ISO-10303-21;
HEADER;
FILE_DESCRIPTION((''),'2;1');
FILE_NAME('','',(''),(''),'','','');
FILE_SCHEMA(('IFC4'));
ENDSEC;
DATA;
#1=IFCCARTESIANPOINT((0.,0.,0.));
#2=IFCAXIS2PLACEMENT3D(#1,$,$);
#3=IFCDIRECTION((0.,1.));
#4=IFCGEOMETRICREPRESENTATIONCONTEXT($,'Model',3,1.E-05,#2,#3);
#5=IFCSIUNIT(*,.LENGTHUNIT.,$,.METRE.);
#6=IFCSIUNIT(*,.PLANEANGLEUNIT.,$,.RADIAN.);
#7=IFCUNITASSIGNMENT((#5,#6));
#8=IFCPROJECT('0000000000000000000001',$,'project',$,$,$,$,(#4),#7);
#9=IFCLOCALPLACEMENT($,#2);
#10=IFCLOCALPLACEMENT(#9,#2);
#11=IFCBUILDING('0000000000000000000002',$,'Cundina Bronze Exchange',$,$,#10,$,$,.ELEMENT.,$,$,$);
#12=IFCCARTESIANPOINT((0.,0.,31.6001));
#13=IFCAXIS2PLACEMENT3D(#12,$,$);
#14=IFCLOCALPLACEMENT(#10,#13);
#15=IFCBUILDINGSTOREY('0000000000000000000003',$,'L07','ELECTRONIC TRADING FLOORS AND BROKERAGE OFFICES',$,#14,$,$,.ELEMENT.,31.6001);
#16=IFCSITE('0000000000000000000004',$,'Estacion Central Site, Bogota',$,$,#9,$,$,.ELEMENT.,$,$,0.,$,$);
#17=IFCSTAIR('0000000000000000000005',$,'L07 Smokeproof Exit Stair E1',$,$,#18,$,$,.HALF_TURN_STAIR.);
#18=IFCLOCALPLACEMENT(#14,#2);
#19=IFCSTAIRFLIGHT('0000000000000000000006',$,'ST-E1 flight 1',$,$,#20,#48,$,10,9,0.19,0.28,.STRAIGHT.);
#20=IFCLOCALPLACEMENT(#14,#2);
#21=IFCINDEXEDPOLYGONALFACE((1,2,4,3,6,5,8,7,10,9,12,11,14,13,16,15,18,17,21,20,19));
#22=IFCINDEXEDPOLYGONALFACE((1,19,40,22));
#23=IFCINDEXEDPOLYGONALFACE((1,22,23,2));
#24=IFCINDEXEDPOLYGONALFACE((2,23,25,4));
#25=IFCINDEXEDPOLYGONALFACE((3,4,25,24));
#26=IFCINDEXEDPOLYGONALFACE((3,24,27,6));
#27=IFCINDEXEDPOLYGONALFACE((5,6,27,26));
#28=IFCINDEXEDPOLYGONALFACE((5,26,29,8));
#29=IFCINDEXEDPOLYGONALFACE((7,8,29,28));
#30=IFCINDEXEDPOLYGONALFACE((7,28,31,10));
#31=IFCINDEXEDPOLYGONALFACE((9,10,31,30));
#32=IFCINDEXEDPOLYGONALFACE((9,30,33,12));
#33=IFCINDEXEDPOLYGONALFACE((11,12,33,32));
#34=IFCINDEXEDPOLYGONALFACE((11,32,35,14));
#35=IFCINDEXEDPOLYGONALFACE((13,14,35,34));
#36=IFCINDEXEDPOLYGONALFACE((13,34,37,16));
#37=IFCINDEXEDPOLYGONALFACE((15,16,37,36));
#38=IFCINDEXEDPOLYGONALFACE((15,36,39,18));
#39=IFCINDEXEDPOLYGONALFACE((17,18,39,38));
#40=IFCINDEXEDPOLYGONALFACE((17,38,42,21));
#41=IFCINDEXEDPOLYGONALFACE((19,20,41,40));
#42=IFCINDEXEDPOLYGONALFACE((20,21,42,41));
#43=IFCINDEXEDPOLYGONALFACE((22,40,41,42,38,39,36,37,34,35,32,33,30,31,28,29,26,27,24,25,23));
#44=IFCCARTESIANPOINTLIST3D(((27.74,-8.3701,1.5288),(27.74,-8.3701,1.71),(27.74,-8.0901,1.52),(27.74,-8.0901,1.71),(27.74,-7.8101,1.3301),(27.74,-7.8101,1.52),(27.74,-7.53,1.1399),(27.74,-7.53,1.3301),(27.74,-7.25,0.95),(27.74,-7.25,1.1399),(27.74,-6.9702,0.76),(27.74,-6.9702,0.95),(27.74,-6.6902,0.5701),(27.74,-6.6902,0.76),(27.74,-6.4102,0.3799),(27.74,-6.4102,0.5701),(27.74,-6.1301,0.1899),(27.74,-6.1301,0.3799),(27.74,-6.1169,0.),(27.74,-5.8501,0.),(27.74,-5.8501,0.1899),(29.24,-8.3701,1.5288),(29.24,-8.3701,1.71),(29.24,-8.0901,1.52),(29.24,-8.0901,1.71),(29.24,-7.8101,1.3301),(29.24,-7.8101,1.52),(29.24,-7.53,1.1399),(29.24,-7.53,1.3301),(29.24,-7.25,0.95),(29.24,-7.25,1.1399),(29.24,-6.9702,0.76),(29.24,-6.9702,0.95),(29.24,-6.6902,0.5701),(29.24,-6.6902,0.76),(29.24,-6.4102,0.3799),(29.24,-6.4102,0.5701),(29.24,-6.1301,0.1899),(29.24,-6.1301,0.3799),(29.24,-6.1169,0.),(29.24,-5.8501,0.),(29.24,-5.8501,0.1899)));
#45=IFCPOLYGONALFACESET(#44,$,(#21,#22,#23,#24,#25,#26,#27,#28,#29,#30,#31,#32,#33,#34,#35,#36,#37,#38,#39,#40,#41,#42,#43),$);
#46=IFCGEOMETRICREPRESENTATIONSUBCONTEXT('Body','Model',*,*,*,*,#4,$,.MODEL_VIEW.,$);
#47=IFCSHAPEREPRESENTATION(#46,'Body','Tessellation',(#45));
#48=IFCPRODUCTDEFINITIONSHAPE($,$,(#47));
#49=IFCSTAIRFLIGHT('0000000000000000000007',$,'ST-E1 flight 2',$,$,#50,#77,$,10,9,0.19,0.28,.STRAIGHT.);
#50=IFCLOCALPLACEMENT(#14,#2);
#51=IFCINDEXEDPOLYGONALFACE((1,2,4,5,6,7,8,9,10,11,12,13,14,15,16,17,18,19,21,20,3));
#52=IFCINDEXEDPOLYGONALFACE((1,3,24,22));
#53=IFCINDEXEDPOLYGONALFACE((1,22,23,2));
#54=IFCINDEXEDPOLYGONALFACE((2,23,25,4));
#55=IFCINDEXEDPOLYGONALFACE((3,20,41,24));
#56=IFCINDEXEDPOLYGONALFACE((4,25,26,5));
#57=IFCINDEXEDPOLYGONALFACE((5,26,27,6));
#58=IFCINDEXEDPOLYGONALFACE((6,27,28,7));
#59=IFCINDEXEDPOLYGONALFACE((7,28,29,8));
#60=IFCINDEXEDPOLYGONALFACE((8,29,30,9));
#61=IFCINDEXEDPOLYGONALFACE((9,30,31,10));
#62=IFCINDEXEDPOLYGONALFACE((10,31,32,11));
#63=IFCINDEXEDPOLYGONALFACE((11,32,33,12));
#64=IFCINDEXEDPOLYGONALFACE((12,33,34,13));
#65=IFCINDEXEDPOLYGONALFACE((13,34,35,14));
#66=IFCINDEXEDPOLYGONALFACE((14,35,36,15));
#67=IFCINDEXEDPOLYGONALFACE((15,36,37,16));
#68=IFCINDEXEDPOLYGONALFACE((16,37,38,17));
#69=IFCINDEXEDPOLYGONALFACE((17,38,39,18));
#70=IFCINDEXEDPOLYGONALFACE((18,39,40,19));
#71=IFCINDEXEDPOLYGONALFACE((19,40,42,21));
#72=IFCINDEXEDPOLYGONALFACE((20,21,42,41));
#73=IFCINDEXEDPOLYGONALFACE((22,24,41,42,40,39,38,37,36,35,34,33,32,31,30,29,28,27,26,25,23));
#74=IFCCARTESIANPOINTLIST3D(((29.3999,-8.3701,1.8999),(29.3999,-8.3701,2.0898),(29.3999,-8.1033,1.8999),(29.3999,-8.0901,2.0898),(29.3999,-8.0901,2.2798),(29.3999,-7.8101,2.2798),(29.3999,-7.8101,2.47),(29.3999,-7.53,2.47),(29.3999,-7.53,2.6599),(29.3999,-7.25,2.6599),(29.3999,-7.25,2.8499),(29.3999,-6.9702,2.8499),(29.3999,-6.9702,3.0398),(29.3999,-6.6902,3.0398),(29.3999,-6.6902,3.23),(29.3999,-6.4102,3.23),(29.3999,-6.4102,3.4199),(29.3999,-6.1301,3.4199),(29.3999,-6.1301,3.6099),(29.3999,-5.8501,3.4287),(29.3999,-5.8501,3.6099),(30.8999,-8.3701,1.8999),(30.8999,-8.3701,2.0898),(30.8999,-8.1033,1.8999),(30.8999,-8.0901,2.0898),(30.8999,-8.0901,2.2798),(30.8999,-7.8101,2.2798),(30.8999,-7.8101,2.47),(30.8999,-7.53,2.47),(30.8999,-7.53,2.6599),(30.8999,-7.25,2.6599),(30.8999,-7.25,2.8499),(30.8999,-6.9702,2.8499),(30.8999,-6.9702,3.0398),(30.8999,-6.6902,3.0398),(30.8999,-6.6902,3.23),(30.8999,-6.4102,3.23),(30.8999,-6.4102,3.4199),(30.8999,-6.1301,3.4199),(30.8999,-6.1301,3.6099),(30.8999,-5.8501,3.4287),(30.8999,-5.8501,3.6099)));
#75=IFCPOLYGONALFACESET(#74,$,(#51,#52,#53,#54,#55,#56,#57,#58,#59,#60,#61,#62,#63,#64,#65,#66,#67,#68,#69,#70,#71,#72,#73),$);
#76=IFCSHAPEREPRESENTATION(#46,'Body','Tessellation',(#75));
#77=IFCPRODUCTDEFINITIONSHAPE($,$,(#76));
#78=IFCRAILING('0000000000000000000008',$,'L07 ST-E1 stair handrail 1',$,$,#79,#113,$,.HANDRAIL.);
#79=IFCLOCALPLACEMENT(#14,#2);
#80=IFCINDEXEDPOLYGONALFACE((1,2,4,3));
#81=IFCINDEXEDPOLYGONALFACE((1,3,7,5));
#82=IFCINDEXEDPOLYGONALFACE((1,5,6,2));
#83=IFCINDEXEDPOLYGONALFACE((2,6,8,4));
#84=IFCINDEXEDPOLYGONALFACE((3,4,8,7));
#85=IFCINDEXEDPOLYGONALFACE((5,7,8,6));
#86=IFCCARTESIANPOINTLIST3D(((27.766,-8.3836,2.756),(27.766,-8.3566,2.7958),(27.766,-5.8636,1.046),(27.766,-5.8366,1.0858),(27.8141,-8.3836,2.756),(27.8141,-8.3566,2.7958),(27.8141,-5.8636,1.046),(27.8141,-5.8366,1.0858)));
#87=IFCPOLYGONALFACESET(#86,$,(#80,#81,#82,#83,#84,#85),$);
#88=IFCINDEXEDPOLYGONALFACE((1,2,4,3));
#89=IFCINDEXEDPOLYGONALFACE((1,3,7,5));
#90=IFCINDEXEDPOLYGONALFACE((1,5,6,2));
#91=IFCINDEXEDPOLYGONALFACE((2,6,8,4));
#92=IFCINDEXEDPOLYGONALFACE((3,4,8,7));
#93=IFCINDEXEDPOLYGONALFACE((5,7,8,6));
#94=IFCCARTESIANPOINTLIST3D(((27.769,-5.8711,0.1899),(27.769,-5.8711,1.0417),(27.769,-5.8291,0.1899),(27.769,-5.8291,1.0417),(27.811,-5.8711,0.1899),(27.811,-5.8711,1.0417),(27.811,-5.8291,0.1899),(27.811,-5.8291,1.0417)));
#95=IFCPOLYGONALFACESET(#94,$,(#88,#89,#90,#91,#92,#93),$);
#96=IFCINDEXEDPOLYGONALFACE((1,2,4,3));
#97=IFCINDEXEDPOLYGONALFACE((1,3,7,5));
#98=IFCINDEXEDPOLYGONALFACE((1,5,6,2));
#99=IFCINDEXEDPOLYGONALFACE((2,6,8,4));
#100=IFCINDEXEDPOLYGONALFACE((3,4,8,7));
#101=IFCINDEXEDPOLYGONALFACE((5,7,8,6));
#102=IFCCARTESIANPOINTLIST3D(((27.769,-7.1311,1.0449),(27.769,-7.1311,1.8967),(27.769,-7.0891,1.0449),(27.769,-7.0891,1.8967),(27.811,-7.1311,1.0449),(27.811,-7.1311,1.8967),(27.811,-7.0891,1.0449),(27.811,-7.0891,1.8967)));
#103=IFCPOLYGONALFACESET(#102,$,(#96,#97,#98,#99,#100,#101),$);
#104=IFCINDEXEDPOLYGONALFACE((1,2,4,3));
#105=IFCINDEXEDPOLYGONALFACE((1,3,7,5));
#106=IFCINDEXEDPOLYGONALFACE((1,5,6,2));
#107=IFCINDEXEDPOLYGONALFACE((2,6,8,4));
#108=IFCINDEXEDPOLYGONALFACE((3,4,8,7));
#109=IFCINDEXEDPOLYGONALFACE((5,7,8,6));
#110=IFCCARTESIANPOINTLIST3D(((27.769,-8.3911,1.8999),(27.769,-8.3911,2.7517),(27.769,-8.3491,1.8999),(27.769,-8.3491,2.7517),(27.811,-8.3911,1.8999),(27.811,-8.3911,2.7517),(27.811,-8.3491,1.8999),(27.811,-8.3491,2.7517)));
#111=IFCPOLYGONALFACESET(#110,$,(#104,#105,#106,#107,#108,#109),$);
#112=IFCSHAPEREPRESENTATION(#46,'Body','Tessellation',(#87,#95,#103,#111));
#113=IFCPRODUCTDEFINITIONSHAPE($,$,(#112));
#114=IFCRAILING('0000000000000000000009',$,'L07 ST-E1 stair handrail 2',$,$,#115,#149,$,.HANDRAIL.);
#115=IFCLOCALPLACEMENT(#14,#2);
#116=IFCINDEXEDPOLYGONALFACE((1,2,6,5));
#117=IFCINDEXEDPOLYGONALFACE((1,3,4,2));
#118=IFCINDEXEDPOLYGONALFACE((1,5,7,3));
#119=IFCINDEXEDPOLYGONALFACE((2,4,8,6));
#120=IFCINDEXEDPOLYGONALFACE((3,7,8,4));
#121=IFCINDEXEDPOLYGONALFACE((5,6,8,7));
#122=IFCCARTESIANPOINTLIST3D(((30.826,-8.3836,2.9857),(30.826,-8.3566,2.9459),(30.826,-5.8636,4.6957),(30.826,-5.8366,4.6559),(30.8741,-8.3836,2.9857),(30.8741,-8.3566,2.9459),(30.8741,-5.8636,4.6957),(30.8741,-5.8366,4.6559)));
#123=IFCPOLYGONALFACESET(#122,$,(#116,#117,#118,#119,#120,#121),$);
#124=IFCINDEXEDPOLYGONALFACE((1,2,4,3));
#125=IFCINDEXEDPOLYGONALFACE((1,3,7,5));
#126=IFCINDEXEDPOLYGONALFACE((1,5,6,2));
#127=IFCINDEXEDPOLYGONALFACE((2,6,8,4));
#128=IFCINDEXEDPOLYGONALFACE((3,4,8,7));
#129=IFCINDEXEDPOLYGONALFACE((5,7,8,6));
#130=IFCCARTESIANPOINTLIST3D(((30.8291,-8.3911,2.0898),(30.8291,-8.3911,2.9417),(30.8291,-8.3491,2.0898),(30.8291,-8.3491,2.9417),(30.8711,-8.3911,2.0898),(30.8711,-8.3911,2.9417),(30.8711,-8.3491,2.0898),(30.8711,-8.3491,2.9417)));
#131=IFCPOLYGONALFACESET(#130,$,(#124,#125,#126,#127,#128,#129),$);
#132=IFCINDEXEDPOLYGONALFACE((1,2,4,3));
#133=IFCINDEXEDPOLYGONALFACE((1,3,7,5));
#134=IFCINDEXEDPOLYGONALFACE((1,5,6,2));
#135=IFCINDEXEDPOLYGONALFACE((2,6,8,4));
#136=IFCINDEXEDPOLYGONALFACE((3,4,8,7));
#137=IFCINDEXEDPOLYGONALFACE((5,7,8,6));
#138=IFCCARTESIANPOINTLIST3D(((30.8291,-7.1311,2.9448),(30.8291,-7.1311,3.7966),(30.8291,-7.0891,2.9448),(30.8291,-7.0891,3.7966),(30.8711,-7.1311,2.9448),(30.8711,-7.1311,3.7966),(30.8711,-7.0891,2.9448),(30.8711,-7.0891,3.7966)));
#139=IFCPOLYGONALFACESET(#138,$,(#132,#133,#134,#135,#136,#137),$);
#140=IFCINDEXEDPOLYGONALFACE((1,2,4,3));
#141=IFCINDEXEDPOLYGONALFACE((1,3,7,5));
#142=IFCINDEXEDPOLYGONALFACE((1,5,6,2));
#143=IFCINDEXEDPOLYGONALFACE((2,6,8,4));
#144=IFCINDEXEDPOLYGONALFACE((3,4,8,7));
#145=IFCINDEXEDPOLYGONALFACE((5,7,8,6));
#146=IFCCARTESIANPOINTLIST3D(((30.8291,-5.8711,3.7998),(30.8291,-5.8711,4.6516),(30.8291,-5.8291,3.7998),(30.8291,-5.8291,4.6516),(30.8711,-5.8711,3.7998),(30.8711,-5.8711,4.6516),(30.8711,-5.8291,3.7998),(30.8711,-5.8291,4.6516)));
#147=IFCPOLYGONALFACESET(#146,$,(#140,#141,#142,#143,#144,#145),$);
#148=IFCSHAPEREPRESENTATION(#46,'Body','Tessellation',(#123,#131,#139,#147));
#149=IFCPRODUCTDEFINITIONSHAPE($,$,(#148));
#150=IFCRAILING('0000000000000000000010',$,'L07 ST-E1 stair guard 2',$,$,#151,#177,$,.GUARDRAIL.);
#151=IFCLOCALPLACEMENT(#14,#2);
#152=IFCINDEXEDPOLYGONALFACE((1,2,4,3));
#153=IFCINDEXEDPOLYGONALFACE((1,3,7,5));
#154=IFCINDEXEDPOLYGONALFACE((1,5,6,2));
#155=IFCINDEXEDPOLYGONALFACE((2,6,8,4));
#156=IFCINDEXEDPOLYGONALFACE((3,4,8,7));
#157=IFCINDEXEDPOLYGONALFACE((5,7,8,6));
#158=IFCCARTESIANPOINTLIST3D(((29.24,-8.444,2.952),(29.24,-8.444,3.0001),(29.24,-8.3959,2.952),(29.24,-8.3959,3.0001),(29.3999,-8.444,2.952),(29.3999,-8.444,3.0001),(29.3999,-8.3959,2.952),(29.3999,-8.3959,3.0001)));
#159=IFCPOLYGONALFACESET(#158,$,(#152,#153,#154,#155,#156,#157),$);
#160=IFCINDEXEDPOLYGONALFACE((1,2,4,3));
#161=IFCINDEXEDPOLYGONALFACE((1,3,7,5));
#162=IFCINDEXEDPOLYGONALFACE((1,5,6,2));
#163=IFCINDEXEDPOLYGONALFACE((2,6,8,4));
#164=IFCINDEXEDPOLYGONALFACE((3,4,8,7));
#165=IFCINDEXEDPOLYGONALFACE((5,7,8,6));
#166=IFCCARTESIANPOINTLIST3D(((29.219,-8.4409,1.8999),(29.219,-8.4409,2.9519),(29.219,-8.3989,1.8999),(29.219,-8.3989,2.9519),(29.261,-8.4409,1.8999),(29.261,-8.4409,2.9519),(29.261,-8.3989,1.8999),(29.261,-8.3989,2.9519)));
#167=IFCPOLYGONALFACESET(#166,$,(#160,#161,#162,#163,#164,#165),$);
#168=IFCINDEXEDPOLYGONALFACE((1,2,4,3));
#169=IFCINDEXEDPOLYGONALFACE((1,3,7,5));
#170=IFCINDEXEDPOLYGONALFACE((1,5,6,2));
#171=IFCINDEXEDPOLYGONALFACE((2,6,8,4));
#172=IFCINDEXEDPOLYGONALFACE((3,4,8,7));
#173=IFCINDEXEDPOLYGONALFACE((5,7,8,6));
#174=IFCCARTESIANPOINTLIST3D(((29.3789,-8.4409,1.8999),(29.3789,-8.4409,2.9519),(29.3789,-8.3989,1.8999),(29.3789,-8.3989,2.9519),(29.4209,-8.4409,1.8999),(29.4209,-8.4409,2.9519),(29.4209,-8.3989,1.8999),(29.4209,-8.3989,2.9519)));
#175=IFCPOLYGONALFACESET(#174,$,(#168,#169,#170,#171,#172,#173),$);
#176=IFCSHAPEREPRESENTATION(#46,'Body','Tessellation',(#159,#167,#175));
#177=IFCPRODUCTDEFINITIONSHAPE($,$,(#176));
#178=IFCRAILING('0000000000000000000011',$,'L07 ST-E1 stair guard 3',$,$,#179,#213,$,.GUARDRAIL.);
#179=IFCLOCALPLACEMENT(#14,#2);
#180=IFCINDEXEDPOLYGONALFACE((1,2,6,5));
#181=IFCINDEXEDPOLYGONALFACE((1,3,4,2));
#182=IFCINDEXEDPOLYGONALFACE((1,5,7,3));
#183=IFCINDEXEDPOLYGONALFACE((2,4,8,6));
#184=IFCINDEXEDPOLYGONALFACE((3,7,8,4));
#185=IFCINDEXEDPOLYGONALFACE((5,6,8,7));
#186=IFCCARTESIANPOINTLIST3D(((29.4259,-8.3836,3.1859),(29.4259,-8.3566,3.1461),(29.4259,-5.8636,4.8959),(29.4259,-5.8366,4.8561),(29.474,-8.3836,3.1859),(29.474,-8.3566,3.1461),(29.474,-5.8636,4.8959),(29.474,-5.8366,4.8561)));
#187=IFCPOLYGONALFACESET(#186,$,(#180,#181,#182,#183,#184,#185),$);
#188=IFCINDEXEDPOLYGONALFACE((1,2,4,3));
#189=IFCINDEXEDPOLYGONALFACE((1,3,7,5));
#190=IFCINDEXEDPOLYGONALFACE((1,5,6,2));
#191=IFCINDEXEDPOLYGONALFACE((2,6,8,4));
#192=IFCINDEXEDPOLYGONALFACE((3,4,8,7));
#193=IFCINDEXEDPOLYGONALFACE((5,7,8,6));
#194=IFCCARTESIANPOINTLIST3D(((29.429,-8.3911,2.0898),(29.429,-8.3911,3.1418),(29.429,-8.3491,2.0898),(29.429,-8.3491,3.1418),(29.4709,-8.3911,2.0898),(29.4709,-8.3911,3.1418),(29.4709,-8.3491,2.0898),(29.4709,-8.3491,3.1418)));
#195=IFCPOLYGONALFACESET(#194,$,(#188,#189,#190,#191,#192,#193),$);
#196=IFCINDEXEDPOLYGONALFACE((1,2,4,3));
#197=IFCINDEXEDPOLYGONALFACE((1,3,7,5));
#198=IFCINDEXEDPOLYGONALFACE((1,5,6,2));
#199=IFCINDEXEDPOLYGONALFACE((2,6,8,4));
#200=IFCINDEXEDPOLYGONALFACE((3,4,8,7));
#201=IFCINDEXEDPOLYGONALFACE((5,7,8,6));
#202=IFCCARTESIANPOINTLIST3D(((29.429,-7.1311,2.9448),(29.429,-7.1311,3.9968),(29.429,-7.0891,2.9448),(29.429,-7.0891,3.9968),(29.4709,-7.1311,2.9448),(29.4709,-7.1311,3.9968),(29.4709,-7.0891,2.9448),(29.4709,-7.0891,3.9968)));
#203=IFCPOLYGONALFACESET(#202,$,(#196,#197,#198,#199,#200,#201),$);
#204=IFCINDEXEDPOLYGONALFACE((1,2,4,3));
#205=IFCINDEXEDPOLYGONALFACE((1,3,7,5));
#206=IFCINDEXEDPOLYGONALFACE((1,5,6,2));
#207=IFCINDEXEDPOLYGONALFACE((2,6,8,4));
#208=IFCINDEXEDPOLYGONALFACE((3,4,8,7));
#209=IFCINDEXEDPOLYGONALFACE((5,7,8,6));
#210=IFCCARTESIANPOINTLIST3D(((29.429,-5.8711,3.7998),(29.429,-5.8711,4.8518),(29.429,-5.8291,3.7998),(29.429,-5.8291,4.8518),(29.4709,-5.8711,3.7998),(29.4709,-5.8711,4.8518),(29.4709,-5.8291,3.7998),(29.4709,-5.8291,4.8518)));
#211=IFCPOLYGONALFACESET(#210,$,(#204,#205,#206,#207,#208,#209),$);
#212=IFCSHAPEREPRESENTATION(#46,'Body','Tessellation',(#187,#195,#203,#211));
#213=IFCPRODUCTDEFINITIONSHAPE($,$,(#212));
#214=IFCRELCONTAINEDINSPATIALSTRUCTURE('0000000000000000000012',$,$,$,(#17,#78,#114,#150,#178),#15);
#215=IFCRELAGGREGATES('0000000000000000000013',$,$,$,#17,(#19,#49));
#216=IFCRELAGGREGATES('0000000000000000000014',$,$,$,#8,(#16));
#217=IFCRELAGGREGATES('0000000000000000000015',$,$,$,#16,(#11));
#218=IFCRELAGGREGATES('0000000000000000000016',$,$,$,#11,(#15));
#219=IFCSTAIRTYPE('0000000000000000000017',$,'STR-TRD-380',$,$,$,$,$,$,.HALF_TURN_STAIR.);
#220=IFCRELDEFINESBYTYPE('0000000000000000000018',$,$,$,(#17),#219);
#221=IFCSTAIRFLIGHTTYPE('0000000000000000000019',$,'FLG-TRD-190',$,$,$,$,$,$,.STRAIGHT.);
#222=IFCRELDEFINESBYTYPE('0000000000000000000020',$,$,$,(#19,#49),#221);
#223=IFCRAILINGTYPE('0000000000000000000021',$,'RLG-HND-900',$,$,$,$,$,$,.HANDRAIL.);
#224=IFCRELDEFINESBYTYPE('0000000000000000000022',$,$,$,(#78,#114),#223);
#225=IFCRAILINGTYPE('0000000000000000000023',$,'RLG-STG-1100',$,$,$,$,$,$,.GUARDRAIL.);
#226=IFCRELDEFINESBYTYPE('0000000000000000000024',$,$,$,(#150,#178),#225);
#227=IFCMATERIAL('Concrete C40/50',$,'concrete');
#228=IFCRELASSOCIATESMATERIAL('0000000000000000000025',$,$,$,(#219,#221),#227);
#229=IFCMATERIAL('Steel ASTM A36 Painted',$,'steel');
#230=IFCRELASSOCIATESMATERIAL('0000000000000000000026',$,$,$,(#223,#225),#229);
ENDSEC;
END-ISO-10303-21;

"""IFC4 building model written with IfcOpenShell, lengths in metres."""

from ifc_helpers import new_model, si_unit, direction, frame, origin, origin_2d, place, context, subcontext, project, spatial, polyline, rectangle, outline, extrude, material, type_object, element, aggregate, save


model = new_model("IFC4")

# Units and contexts
model_context = context("Model", 3, precision=1e-05, world=origin(), true_north=direction((0.0, 1.0)))
body_context = subcontext(model_context, "Body", "Model", "MODEL_VIEW")
ifc_project = project(units=[si_unit("LENGTHUNIT", "METRE"), si_unit("PLANEANGLEUNIT", "RADIAN")], contexts=[model_context])

# Site, building, storey
site_placement = place(None, origin())
site = spatial("IfcSite", under=ifc_project, at=site_placement, Name="Estacion Central Site, Bogota", CompositionType="ELEMENT", RefElevation=0.0)
building_placement = place(site_placement, origin())
building = spatial("IfcBuilding", under=site, at=building_placement, Name="Cundina Bronze Exchange", CompositionType="ELEMENT")
storey_placement = place(building_placement, frame((0.0, 0.0, 31.6001)))
storey = spatial("IfcBuildingStorey", under=building, at=storey_placement, Name="L07", Description="ELECTRONIC TRADING FLOORS AND BROKERAGE OFFICES", CompositionType="ELEMENT", Elevation=31.6001)

# Stair, stair flights
ifc_material_1 = material(Name="Concrete C40/50", Category="concrete")
stair_type = type_object("IfcStairType", Name="STR-TRD-380", PredefinedType="HALF_TURN_STAIR", material=ifc_material_1)
stair_placement = place(storey_placement, origin())
stair = element("IfcStair", 1, at=stair_placement, inside=storey, type_object=stair_type, Name="L07 Smokeproof Exit Stair E1", PredefinedType="HALF_TURN_STAIR")
stair_flight_type = type_object("IfcStairFlightType", Name="FLG-TRD-190", PredefinedType="STRAIGHT", material=ifc_material_1)
stair_flight_1_placement = place(storey_placement, frame((28.49, -5.8501, 0.0), z_axis=(0.0, 0.0, 1.0), x_axis=(0.0, -1.0, 0.0)))
stair_flight_1 = element("IfcStairFlight", 2, at=stair_flight_1_placement, type_object=stair_flight_type, Name="ST-E1 flight 1", NumberOfRisers=10, NumberOfTreads=9, PredefinedType="STRAIGHT", RiserHeight=0.19, TreadLength=0.28, context=body_context, shape_type="SweptSolid", body=[
    extrude(outline(polyline([(0.0, 0.0), (0.0, 0.1899), (0.28, 0.1899), (0.28, 0.3799), (0.5601, 0.3799), (0.5601, 0.5701), (0.8401, 0.5701), (0.8401, 0.76), (1.1201, 0.76), (1.1201, 0.95), (1.3999, 0.95), (1.3999, 1.1399), (1.6799, 1.1399), (1.6799, 1.3301), (1.96, 1.3301), (1.96, 1.52), (2.24, 1.52), (2.24, 1.71), (2.52, 1.71), (2.52, 1.8999), (2.52, 1.5288), (0.2668, 0.0), (0.0, 0.0)])), frame((0.0, 0.75, 0.0), z_axis=(0.0, -1.0, 0.0), x_axis=(1.0, 0.0, 0.0)), (0.0, 0.0, 1.0), 1.5),
])
stair_flight_2_placement = place(storey_placement, frame((30.1499, -8.3701, 1.8999), z_axis=(0.0, 0.0, 1.0), x_axis=(0.0, 1.0, 0.0)))
stair_flight_2 = element("IfcStairFlight", 3, at=stair_flight_2_placement, type_object=stair_flight_type, Name="ST-E1 flight 2", NumberOfRisers=10, NumberOfTreads=9, PredefinedType="STRAIGHT", RiserHeight=0.19, TreadLength=0.28, context=body_context, shape_type="SweptSolid", body=[
    extrude(outline(polyline([(0.0, 0.0), (0.0, 0.1899), (0.28, 0.1899), (0.28, 0.3799), (0.5601, 0.3799), (0.5601, 0.5701), (0.8401, 0.5701), (0.8401, 0.76), (1.1201, 0.76), (1.1201, 0.95), (1.3999, 0.95), (1.3999, 1.1399), (1.6799, 1.1399), (1.6799, 1.3301), (1.96, 1.3301), (1.96, 1.52), (2.24, 1.52), (2.24, 1.71), (2.52, 1.71), (2.52, 1.8999), (2.52, 1.5288), (0.2668, 0.0), (0.0, 0.0)])), frame((0.0, 0.75, 0.0), z_axis=(0.0, -1.0, 0.0), x_axis=(1.0, 0.0, 0.0)), (0.0, 0.0, 1.0), 1.5),
])
aggregate(stair, [stair_flight_1, stair_flight_2])

# Railings
ifc_material_2 = material(Name="Steel ASTM A36 Painted", Category="steel")
railing_type_1 = type_object("IfcRailingType", Name="RLG-HND-900", PredefinedType="HANDRAIL", material=ifc_material_2)
railing_1_placement = place(storey_placement, frame((27.79, -5.8501, 0.1899)))
element("IfcRailing", 4, at=railing_1_placement, inside=storey, type_object=railing_type_1, Name="L07 ST-E1 stair handrail 1", PredefinedType="HANDRAIL", context=body_context, shape_type="SweptSolid", body=[
    extrude(rectangle(XDim=0.0481, YDim=0.0481, at=origin_2d()), frame((0.0, 0.0, 0.876), z_axis=(0.0, -0.827484, 0.56149), x_axis=(1.0, 0.0, 0.0)), (0.0, 0.0, 1.0), 3.0454),
    extrude(rectangle(XDim=0.042, YDim=0.042, at=origin_2d()), origin(), (0.0, 0.0, 1.0), 0.8518),
    extrude(rectangle(XDim=0.042, YDim=0.042, at=origin_2d()), frame((0.0, -1.26, 0.855)), (0.0, 0.0, 1.0), 0.8518),
    extrude(rectangle(XDim=0.042, YDim=0.042, at=origin_2d()), frame((0.0, -2.52, 1.71)), (0.0, 0.0, 1.0), 0.8518),
])
railing_2_placement = place(storey_placement, frame((30.8501, -8.3701, 2.0898)))
element("IfcRailing", 5, at=railing_2_placement, inside=storey, type_object=railing_type_1, Name="L07 ST-E1 stair handrail 2", PredefinedType="HANDRAIL", context=body_context, shape_type="SweptSolid", body=[
    extrude(rectangle(XDim=0.0481, YDim=0.0481, at=origin_2d()), frame((0.0, 0.0, 0.876), z_axis=(0.0, 0.827484, 0.56149), x_axis=(-1.0, 0.0, 0.0)), (0.0, 0.0, 1.0), 3.0454),
    extrude(rectangle(XDim=0.042, YDim=0.042, at=origin_2d()), origin(), (0.0, 0.0, 1.0), 0.8518),
    extrude(rectangle(XDim=0.042, YDim=0.042, at=origin_2d()), frame((0.0, 1.26, 0.855)), (0.0, 0.0, 1.0), 0.8518),
    extrude(rectangle(XDim=0.042, YDim=0.042, at=origin_2d()), frame((0.0, 2.52, 1.71)), (0.0, 0.0, 1.0), 0.8518),
])
railing_type_2 = type_object("IfcRailingType", Name="RLG-STG-1100", PredefinedType="GUARDRAIL", material=ifc_material_2)
railing_3_placement = place(storey_placement, frame((29.24, -8.4199, 1.8999)))
element("IfcRailing", 6, at=railing_3_placement, inside=storey, type_object=railing_type_2, Name="L07 ST-E1 stair guard 2", PredefinedType="GUARDRAIL", context=body_context, shape_type="SweptSolid", body=[
    extrude(rectangle(XDim=0.0481, YDim=0.0481, at=origin_2d()), frame((0.0, 0.0, 1.0762), z_axis=(1.0, 0.0, 0.0), x_axis=(0.0, 1.0, 0.0)), (0.0, 0.0, 1.0), 0.1599),
    extrude(rectangle(XDim=0.042, YDim=0.042, at=origin_2d()), origin(), (0.0, 0.0, 1.0), 1.052),
    extrude(rectangle(XDim=0.042, YDim=0.042, at=origin_2d()), frame((0.1599, 0.0, 0.0)), (0.0, 0.0, 1.0), 1.052),
])
railing_4_placement = place(storey_placement, frame((29.45, -8.3701, 2.0898)))
element("IfcRailing", 7, at=railing_4_placement, inside=storey, type_object=railing_type_2, Name="L07 ST-E1 stair guard 3", PredefinedType="GUARDRAIL", context=body_context, shape_type="SweptSolid", body=[
    extrude(rectangle(XDim=0.0481, YDim=0.0481, at=origin_2d()), frame((0.0, 0.0, 1.0762), z_axis=(0.0, 0.827484, 0.56149), x_axis=(-1.0, 0.0, 0.0)), (0.0, 0.0, 1.0), 3.0454),
    extrude(rectangle(XDim=0.042, YDim=0.042, at=origin_2d()), origin(), (0.0, 0.0, 1.0), 1.052),
    extrude(rectangle(XDim=0.042, YDim=0.042, at=origin_2d()), frame((0.0, 1.26, 0.855)), (0.0, 0.0, 1.0), 1.052),
    extrude(rectangle(XDim=0.042, YDim=0.042, at=origin_2d()), frame((0.0, 2.52, 1.71)), (0.0, 0.0, 1.0), 1.052),
])

save(model, "model.ifc")
